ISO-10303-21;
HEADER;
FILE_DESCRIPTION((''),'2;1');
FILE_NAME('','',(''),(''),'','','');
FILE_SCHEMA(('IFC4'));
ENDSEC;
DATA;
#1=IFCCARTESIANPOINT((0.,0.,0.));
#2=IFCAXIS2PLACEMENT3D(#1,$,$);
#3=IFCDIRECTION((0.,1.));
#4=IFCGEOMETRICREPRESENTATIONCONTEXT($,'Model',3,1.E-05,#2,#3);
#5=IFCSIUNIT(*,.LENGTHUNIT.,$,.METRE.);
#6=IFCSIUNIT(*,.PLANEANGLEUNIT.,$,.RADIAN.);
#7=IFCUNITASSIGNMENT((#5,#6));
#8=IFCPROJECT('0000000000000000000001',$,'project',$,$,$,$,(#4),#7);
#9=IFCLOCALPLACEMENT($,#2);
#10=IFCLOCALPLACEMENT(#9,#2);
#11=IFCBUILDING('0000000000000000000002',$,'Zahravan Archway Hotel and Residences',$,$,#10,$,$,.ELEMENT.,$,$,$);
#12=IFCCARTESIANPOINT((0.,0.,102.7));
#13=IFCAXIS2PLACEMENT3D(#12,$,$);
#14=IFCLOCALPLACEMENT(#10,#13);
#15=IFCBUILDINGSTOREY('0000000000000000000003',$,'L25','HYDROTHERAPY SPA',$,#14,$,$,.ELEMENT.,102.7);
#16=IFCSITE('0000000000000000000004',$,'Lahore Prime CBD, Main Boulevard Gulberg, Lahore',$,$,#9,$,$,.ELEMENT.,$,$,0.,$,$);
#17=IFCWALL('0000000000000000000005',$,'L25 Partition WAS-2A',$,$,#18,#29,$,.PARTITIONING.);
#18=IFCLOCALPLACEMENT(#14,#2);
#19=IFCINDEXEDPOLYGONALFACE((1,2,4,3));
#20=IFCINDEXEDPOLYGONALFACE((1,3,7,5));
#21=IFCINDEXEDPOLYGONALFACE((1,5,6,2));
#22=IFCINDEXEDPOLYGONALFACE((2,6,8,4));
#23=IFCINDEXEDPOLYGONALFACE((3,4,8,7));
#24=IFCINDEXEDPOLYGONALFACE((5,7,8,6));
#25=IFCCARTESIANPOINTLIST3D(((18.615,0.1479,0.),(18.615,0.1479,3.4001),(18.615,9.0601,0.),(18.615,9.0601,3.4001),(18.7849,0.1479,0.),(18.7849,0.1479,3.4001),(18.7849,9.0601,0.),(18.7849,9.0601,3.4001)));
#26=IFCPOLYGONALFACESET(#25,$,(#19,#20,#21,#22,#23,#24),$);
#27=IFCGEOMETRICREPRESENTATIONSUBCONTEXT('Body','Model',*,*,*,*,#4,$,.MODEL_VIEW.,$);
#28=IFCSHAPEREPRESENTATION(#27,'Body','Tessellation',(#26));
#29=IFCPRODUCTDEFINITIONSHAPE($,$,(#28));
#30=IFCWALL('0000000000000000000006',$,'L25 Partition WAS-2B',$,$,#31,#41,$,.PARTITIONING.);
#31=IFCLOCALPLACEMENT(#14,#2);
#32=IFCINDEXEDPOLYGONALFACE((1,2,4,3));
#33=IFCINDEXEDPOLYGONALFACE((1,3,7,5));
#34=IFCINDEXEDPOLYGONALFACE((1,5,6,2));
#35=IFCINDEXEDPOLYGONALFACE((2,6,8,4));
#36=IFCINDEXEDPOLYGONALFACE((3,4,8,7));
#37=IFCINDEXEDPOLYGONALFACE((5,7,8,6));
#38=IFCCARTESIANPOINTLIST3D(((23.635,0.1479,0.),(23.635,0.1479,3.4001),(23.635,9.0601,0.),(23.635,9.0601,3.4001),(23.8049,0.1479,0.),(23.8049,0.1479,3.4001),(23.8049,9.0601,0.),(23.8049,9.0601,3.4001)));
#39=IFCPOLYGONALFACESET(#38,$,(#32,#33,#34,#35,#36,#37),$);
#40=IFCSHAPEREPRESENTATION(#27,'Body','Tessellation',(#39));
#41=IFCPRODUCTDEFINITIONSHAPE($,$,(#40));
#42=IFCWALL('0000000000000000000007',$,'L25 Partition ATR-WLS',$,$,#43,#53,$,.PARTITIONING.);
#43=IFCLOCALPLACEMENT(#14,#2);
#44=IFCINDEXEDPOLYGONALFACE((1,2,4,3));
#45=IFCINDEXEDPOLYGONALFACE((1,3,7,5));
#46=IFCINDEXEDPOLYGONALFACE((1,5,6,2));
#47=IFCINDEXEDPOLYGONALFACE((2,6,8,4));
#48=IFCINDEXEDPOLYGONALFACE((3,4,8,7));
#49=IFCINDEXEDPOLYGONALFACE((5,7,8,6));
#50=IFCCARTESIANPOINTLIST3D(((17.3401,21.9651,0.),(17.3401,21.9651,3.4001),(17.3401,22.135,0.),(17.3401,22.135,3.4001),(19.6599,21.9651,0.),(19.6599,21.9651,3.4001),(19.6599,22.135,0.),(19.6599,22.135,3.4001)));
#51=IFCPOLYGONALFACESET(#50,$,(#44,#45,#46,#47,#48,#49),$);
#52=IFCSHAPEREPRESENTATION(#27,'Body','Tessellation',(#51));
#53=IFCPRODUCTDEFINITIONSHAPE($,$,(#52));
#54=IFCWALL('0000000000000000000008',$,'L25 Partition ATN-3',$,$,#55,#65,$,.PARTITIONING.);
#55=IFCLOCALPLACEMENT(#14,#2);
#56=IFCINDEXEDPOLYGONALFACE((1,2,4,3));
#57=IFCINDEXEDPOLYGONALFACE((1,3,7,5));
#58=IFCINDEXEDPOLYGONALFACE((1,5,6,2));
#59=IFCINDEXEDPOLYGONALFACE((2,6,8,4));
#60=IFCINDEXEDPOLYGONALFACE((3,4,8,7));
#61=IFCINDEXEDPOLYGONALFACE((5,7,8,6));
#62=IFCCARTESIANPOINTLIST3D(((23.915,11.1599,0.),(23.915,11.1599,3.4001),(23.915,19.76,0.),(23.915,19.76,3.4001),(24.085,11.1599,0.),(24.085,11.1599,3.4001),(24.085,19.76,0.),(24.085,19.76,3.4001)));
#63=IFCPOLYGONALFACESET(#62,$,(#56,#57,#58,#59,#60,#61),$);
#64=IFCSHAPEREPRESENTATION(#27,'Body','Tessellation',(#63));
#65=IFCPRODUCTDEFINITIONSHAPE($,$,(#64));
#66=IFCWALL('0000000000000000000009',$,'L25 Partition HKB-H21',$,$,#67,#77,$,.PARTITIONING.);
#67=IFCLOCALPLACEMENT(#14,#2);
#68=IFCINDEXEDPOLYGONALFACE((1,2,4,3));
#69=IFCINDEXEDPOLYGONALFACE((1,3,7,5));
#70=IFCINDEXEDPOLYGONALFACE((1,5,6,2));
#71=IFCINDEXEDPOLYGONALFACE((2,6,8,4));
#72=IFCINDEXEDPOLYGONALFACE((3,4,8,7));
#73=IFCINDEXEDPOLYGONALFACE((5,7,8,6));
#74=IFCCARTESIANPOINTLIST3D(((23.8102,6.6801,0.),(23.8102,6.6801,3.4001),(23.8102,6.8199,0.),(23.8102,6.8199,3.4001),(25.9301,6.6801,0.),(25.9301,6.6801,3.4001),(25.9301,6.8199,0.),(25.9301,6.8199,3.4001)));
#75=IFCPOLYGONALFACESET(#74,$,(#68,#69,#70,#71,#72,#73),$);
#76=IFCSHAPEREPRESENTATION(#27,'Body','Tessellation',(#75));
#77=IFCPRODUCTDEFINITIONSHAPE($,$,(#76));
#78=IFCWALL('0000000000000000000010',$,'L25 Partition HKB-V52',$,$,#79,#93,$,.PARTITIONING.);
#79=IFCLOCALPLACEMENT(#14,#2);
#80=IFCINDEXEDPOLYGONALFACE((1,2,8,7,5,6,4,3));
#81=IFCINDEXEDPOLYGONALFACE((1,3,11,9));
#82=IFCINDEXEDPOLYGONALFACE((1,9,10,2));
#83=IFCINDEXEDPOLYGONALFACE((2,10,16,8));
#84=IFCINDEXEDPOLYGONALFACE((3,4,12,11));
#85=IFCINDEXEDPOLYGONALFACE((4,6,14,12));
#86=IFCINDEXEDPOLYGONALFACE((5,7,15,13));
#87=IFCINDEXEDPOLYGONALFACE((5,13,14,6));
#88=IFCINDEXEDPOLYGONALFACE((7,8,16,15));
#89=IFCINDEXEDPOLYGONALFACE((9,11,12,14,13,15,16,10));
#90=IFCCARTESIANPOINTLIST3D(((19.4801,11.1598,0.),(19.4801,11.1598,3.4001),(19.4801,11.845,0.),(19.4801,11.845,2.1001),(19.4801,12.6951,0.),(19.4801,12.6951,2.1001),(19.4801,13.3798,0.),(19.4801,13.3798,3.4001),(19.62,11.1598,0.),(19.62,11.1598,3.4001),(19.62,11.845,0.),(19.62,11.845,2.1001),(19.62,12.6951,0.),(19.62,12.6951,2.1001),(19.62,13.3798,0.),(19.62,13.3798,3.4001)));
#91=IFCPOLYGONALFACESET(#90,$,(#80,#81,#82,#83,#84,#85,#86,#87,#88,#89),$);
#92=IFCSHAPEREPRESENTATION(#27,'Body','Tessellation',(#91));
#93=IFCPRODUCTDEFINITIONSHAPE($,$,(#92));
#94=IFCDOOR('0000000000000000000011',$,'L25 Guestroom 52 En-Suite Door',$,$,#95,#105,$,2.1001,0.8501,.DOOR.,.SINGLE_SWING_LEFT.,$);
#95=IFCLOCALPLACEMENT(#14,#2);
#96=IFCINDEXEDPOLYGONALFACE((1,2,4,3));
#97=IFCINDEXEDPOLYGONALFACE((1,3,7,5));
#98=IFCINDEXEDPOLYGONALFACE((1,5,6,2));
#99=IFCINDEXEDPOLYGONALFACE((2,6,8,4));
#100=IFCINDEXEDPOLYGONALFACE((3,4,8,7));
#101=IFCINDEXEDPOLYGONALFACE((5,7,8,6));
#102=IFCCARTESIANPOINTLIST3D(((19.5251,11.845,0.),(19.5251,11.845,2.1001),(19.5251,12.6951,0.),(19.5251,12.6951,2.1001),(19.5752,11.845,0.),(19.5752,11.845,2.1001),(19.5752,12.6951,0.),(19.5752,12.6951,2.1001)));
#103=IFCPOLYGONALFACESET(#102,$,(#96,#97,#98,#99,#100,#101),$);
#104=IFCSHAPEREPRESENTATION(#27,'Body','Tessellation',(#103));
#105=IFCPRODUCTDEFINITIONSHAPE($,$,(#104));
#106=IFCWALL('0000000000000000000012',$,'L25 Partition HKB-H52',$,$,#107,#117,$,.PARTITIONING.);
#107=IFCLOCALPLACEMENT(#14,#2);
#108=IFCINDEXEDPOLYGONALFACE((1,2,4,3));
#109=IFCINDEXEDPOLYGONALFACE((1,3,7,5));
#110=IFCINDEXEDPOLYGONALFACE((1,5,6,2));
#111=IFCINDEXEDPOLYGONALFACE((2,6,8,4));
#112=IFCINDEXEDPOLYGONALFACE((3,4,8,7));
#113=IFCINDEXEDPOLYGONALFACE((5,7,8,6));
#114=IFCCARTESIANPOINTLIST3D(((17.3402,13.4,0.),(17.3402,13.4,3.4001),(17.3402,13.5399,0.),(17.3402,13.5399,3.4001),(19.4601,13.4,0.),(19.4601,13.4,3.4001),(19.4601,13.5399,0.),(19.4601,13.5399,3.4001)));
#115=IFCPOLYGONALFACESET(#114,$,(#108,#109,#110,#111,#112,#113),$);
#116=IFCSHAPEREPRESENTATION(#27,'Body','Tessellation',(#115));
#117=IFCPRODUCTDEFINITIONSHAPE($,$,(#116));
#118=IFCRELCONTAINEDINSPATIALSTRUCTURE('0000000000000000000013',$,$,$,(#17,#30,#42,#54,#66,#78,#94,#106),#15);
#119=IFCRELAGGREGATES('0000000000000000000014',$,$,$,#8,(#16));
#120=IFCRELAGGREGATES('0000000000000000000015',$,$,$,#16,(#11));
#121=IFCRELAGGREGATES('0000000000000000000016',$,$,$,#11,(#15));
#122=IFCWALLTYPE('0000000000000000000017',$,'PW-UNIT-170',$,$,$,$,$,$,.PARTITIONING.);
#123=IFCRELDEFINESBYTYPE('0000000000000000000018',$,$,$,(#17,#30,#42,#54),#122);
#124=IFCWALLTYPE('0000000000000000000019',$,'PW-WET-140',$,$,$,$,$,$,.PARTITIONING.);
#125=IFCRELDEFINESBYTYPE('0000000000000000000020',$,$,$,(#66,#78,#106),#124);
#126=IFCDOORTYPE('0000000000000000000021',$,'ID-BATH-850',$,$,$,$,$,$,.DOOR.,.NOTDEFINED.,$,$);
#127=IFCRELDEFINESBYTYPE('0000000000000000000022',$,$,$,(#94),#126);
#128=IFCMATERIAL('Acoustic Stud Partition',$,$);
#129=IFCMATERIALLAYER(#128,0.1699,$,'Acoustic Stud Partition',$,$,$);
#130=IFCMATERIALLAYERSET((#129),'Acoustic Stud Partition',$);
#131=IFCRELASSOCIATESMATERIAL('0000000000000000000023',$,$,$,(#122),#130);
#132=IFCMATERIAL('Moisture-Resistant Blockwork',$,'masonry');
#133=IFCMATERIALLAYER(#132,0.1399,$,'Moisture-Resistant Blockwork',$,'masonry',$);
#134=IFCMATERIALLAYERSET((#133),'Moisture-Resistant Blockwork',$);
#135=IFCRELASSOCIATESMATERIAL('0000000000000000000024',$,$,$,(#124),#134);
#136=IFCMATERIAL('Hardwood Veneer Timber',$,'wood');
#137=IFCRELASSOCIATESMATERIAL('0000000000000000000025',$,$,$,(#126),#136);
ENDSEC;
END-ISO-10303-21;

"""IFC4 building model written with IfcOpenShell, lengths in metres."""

from ifc_helpers import new_model, si_unit, direction, frame, frame_2d, origin, place, context, subcontext, project, spatial, rectangle, extrude, source, transform, mapped, material, layer, layer_set, type_object, type_shapes, element, fill, save


model = new_model("IFC4")

# Units and contexts
model_context = context("Model", 3, precision=1e-05, world=origin(), true_north=direction((0.0, 1.0)))
body_context = subcontext(model_context, "Body", "Model", "MODEL_VIEW")
ifc_project = project(units=[si_unit("LENGTHUNIT", "METRE"), si_unit("PLANEANGLEUNIT", "RADIAN")], contexts=[model_context])

# Site, building, storey
site_placement = place(None, origin())
site = spatial("IfcSite", under=ifc_project, at=site_placement, Name="Lahore Prime CBD, Main Boulevard Gulberg, Lahore", CompositionType="ELEMENT", RefElevation=0.0)
building_placement = place(site_placement, origin())
building = spatial("IfcBuilding", under=site, at=building_placement, Name="Zahravan Archway Hotel and Residences", CompositionType="ELEMENT")
storey_placement = place(building_placement, frame((0.0, 0.0, 102.7)))
storey = spatial("IfcBuildingStorey", under=building, at=storey_placement, Name="L25", Description="HYDROTHERAPY SPA", CompositionType="ELEMENT", Elevation=102.7)

# Shared definitions
ifc_material_1 = material(Name="Hardwood Veneer Timber", Category="wood")

# Walls
ifc_material_2 = material(Name="Acoustic Stud Partition")
ifc_layer_1 = layer(ifc_material_2, 0.1699, Name="Acoustic Stud Partition")
ifc_layer_set_1 = layer_set([ifc_layer_1], Name="Acoustic Stud Partition")
wall_type_1 = type_object("IfcWallType", Name="PW-UNIT-170", PredefinedType="PARTITIONING", material=ifc_layer_set_1)
for number, where, z_axis, x_axis, name in (
    (1, (18.7, 0.1479, 0.0), (0.0, 0.0, 1.0), (0.0, 1.0, 0.0), "L25 Partition WAS-2A"),
    (2, (23.72, 0.1479, 0.0), (0.0, 0.0, 1.0), (0.0, 1.0, 0.0), "L25 Partition WAS-2B"),
):
    element("IfcWall", number, at=place(storey_placement, frame(where, z_axis=z_axis, x_axis=x_axis)), inside=storey, type_object=wall_type_1, Name=name, PredefinedType="PARTITIONING", context=body_context, shape_type="SweptSolid", body=[
        extrude(rectangle(XDim=8.9121, YDim=0.1699, at=frame_2d((4.4561, 0.0))), origin(), (0.0, 0.0, 1.0), 3.4001),
    ])
wall_1_placement = place(storey_placement, frame((17.3401, 22.05, 0.0), z_axis=(0.0, 0.0, 1.0), x_axis=(1.0, 0.0, 0.0)))
element("IfcWall", 3, at=wall_1_placement, inside=storey, type_object=wall_type_1, Name="L25 Partition ATR-WLS", PredefinedType="PARTITIONING", context=body_context, shape_type="SweptSolid", body=[
    extrude(rectangle(XDim=2.3198, YDim=0.1699, at=frame_2d((1.1599, 0.0))), origin(), (0.0, 0.0, 1.0), 3.4001),
])
wall_2_placement = place(storey_placement, frame((24.0, 11.1599, 0.0), z_axis=(0.0, 0.0, 1.0), x_axis=(0.0, 1.0, 0.0)))
element("IfcWall", 4, at=wall_2_placement, inside=storey, type_object=wall_type_1, Name="L25 Partition ATN-3", PredefinedType="PARTITIONING", context=body_context, shape_type="SweptSolid", body=[
    extrude(rectangle(XDim=8.6001, YDim=0.1699, at=frame_2d((4.3, 0.0))), origin(), (0.0, 0.0, 1.0), 3.4001),
])
ifc_material_3 = material(Name="Moisture-Resistant Blockwork", Category="masonry")
ifc_layer_2 = layer(ifc_material_3, 0.1399, Name="Moisture-Resistant Blockwork", Category="masonry")
ifc_layer_set_2 = layer_set([ifc_layer_2], Name="Moisture-Resistant Blockwork")
wall_type_2 = type_object("IfcWallType", Name="PW-WET-140", PredefinedType="PARTITIONING", material=ifc_layer_set_2)
wall_3_placement = place(storey_placement, frame((23.8101, 6.75, 0.0), z_axis=(0.0, 0.0, 1.0), x_axis=(1.0, 0.0, 0.0)))
element("IfcWall", 5, at=wall_3_placement, inside=storey, type_object=wall_type_2, Name="L25 Partition HKB-H21", PredefinedType="PARTITIONING", context=body_context, shape_type="SweptSolid", body=[
    extrude(rectangle(XDim=2.1199, YDim=0.1399, at=frame_2d((1.0601, 0.0))), origin(), (0.0, 0.0, 1.0), 3.4001),
])

# Wall, opening, door
wall_4_placement = place(storey_placement, frame((19.55, 11.1599, 0.0), z_axis=(0.0, 0.0, 1.0), x_axis=(0.0, 1.0, 0.0)))
wall_4 = element("IfcWall", 6, at=wall_4_placement, inside=storey, type_object=wall_type_2, Name="L25 Partition HKB-V52", PredefinedType="PARTITIONING", context=body_context, shape_type="SweptSolid", body=[
    extrude(rectangle(XDim=2.22, YDim=0.1399, at=frame_2d((1.1099, 0.0))), origin(), (0.0, 0.0, 1.0), 3.4001),
])
opening_1_placement = place(wall_4_placement, frame((0.6851, 0.0, 0.0)))
opening_1 = element("IfcOpeningElement", 7, at=opening_1_placement, cuts=wall_4, PredefinedType="OPENING", context=body_context, shape_type="SweptSolid", body=[
    extrude(rectangle(XDim=0.8501, YDim=2.1001, at=frame_2d((0.425, 1.05))), frame((0.0, 0.0801, 0.0), z_axis=(0.0, -1.0, 0.0), x_axis=(1.0, 0.0, 0.0)), (0.0, 0.0, 1.0), 0.1599),
])
door_type_1 = type_object("IfcDoorType", Name="ID-BATH-850", OperationType="NOTDEFINED", PredefinedType="DOOR", material=ifc_material_1)
shared_shape_1 = source(origin(), body_context, "Body", "SweptSolid", [
    extrude(rectangle(XDim=0.8501, YDim=2.1001, at=frame_2d((0.425, 1.05))), frame((0.0, 0.0249, 0.0), z_axis=(0.0, -1.0, 0.0), x_axis=(1.0, 0.0, 0.0)), (0.0, 0.0, 1.0), 0.05),
])
type_shapes(door_type_1, [shared_shape_1])
door_1_placement = place(opening_1_placement, origin())
door_1 = element("IfcDoor", 8, at=door_1_placement, inside=storey, type_object=door_type_1, Name="L25 Guestroom 52 En-Suite Door", OperationType="SINGLE_SWING_LEFT", OverallHeight=2.1001, OverallWidth=0.8501, PredefinedType="DOOR", context=body_context, shape_type="MappedRepresentation", body=[
    mapped(shared_shape_1, transform((0.0, 0.0, 0.0), scale=1.0)),
])
fill(opening_1, door_1)

# Wall
wall_5_placement = place(storey_placement, frame((17.3401, 13.47, 0.0), z_axis=(0.0, 0.0, 1.0), x_axis=(1.0, 0.0, 0.0)))
element("IfcWall", 9, at=wall_5_placement, inside=storey, type_object=wall_type_2, Name="L25 Partition HKB-H52", PredefinedType="PARTITIONING", context=body_context, shape_type="SweptSolid", body=[
    extrude(rectangle(XDim=2.1199, YDim=0.1399, at=frame_2d((1.0601, 0.0))), origin(), (0.0, 0.0, 1.0), 3.4001),
])

save(model, "model.ifc")
